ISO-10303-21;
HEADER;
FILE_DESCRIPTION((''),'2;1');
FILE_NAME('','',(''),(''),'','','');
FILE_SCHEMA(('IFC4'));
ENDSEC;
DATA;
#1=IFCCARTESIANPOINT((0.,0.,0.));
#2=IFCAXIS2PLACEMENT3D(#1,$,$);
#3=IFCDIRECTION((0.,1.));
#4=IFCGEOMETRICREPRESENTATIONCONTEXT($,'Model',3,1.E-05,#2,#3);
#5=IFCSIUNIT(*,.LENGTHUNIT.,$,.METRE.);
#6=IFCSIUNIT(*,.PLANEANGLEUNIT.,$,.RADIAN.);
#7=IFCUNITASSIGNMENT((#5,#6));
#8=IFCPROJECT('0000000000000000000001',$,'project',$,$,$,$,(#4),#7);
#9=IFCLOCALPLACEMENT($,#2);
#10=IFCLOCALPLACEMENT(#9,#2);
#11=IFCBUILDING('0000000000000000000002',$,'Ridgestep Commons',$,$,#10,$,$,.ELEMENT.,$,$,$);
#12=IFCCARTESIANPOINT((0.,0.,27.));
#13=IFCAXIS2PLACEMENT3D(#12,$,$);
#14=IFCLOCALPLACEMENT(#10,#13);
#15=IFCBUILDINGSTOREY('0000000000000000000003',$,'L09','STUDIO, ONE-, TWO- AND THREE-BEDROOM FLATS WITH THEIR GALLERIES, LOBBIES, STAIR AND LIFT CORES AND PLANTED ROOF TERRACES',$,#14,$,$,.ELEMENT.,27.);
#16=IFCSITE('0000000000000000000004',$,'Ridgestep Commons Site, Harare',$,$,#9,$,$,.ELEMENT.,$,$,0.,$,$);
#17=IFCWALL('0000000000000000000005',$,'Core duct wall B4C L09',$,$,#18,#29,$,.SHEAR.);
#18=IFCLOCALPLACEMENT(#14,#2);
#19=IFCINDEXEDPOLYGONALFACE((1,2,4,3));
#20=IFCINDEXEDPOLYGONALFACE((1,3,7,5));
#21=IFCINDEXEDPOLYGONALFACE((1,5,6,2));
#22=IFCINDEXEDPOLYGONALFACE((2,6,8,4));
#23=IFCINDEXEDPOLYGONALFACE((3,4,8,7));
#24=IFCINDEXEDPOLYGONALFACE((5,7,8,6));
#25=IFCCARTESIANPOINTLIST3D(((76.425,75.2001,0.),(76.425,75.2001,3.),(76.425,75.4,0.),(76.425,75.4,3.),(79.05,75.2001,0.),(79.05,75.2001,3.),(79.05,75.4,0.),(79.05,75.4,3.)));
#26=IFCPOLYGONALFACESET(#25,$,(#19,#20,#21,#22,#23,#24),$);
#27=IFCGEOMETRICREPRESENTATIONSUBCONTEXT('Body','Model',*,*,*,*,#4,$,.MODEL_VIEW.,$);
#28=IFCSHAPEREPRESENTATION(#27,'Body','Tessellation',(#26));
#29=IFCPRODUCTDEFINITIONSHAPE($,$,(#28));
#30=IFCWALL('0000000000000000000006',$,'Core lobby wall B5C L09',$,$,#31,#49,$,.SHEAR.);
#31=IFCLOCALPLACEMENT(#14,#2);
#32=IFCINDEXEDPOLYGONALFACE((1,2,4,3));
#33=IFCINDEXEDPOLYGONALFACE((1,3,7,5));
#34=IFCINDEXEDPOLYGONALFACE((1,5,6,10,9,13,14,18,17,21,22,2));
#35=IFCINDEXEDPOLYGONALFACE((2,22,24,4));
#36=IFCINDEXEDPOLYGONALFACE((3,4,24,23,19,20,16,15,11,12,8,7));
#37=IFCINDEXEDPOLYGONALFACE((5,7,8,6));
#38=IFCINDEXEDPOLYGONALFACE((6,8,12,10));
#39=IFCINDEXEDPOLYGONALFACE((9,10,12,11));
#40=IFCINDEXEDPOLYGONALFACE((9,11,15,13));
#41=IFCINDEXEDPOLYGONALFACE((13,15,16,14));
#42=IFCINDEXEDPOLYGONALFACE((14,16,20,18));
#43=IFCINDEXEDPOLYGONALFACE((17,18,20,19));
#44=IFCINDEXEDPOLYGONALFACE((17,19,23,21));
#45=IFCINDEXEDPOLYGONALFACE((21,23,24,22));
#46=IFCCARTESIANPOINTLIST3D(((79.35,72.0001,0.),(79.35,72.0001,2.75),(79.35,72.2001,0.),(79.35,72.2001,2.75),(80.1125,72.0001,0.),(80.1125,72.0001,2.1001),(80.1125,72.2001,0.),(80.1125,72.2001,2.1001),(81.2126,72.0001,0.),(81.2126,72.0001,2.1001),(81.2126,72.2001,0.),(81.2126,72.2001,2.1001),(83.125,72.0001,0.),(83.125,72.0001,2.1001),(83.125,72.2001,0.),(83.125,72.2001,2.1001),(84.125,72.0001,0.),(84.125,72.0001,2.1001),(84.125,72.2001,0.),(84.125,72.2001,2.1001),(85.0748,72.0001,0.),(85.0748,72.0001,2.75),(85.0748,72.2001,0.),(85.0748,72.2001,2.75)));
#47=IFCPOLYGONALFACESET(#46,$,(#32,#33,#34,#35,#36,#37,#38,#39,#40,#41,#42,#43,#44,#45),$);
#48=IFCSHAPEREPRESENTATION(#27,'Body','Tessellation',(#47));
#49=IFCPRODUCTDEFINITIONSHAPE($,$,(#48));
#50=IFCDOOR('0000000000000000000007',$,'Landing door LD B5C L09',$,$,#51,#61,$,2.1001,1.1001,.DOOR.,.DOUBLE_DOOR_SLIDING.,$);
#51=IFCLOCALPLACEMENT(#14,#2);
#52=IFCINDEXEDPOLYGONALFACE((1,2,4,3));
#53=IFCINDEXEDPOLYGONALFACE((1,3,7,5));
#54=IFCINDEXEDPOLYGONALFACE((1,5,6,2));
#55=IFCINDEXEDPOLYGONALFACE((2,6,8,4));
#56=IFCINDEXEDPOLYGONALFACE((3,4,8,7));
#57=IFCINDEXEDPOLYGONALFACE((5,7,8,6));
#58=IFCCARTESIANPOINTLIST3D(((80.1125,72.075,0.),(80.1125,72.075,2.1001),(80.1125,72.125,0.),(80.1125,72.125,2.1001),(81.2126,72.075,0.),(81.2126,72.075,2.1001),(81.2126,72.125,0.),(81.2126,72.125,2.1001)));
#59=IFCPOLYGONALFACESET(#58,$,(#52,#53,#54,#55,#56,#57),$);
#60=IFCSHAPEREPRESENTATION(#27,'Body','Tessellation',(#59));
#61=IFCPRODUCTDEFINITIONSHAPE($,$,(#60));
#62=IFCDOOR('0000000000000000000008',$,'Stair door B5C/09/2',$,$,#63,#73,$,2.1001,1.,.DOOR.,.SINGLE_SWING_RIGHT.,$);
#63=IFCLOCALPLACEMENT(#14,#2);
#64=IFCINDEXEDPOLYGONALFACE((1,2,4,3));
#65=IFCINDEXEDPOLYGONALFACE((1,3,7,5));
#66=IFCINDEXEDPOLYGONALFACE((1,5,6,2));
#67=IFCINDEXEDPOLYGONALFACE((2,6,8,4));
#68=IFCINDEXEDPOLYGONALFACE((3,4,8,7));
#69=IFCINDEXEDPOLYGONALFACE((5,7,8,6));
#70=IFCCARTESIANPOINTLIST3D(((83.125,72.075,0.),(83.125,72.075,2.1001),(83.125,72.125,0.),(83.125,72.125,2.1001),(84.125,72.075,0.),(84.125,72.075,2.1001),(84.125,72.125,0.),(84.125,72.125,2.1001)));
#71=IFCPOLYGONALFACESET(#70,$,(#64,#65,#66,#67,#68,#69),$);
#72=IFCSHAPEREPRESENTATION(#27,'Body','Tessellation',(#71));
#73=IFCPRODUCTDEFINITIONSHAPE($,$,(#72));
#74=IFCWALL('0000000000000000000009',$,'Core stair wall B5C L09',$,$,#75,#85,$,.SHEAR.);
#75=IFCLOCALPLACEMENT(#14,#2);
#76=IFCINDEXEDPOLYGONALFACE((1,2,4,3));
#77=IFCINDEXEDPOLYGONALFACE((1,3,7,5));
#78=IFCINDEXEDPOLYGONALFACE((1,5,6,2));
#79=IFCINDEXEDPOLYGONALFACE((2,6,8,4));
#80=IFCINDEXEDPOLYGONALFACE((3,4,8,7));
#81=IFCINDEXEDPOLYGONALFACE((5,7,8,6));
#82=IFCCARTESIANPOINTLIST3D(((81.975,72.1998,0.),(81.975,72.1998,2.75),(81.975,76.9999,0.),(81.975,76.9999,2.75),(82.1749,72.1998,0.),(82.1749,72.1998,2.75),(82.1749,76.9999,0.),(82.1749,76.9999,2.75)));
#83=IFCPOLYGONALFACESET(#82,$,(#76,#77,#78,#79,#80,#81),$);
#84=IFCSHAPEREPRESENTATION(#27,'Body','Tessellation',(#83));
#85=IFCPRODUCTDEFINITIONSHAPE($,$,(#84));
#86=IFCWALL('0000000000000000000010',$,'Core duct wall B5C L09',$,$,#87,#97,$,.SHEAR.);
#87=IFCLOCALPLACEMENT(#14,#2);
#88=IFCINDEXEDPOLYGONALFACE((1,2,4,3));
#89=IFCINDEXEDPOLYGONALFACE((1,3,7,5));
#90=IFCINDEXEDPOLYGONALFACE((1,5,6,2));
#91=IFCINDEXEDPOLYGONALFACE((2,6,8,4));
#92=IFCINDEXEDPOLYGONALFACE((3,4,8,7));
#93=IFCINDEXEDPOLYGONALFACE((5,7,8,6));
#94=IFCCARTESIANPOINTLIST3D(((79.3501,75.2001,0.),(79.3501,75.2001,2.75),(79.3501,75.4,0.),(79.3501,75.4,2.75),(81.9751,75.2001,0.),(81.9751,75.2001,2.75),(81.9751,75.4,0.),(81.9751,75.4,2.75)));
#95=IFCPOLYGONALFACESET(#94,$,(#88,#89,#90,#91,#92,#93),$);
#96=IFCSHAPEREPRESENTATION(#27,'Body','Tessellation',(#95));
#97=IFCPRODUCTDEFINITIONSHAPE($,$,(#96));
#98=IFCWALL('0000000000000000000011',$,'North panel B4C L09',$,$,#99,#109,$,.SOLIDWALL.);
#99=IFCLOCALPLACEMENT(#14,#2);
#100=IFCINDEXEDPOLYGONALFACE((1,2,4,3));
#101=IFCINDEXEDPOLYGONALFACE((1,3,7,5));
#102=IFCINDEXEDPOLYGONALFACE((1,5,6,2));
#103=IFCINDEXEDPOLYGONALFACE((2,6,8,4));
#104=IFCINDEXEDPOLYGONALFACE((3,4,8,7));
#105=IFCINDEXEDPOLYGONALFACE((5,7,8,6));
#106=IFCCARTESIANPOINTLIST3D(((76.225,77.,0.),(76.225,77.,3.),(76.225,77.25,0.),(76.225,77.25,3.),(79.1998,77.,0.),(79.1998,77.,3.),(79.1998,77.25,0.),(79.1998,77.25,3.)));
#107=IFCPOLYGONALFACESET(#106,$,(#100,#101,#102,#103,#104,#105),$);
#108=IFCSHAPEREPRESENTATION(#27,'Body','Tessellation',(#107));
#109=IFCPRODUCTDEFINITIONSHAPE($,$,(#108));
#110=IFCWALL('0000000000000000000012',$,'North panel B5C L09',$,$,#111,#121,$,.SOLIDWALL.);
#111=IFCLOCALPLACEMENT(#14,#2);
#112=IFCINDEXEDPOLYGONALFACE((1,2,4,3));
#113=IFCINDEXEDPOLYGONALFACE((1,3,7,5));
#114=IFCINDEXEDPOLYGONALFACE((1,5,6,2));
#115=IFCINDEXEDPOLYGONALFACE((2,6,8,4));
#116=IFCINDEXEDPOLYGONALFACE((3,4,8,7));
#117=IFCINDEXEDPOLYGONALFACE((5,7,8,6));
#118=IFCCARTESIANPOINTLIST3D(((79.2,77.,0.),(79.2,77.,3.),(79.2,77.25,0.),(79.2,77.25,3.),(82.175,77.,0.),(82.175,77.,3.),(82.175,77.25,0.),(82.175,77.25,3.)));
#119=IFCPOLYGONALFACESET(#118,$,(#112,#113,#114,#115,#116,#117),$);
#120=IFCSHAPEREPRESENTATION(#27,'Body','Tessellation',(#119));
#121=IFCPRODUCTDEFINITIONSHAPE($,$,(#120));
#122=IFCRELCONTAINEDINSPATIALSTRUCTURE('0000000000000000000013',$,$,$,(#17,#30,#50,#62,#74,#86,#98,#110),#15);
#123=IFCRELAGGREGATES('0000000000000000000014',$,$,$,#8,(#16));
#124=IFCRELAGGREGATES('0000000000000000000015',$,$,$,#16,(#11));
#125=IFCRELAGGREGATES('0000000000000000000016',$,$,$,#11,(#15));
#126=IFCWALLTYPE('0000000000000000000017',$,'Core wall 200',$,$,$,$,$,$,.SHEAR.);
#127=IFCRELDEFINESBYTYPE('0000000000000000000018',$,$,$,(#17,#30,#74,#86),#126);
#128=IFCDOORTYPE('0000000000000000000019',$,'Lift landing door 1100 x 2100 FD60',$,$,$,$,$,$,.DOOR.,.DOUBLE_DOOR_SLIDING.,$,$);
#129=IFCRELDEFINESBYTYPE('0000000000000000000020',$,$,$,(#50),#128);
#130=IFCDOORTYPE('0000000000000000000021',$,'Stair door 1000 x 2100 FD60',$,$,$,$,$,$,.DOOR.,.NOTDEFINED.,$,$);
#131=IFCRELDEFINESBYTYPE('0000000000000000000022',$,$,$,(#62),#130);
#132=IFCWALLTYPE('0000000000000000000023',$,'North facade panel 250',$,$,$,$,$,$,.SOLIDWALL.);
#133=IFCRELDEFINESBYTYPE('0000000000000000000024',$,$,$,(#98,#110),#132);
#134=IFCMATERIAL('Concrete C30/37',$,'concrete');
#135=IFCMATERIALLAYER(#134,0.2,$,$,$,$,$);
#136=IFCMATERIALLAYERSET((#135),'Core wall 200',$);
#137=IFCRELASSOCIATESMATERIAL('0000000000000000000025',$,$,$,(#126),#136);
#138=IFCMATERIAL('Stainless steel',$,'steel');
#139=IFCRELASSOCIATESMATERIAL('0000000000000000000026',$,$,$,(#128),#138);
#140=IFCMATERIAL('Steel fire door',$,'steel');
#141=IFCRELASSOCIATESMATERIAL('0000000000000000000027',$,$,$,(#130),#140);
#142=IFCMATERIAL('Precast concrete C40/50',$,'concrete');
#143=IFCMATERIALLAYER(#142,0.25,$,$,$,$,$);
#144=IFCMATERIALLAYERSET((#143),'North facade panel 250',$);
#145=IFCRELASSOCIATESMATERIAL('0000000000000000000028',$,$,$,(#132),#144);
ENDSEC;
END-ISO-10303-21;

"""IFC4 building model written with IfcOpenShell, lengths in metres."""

from ifc_helpers import new_model, si_unit, direction, frame, frame_2d, origin, place, context, subcontext, project, spatial, rectangle, extrude, material, layer, layer_set, type_object, element, fill, save


model = new_model("IFC4")

# Units and contexts
model_context = context("Model", 3, precision=1e-05, world=origin(), true_north=direction((0.0, 1.0)))
body_context = subcontext(model_context, "Body", "Model", "MODEL_VIEW")
ifc_project = project(units=[si_unit("LENGTHUNIT", "METRE"), si_unit("PLANEANGLEUNIT", "RADIAN")], contexts=[model_context])

# Site, building, storey
site_placement = place(None, origin())
site = spatial("IfcSite", under=ifc_project, at=site_placement, Name="Ridgestep Commons Site, Harare", CompositionType="ELEMENT", RefElevation=0.0)
building_placement = place(site_placement, origin())
building = spatial("IfcBuilding", under=site, at=building_placement, Name="Ridgestep Commons", CompositionType="ELEMENT")
storey_placement = place(building_placement, frame((0.0, 0.0, 27.0)))
storey = spatial("IfcBuildingStorey", under=building, at=storey_placement, Name="L09", Description="STUDIO, ONE-, TWO- AND THREE-BEDROOM FLATS WITH THEIR GALLERIES, LOBBIES, STAIR AND LIFT CORES AND PLANTED ROOF TERRACES", CompositionType="ELEMENT", Elevation=27.0)

# Wall
ifc_material_1 = material(Name="Concrete C30/37", Category="concrete")
ifc_layer_1 = layer(ifc_material_1, 0.2)
ifc_layer_set_1 = layer_set([ifc_layer_1], Name="Core wall 200")
wall_type_1 = type_object("IfcWallType", Name="Core wall 200", PredefinedType="SHEAR", material=ifc_layer_set_1)
wall_1_placement = place(storey_placement, frame((76.425, 75.3, 0.0), z_axis=(0.0, 0.0, 1.0), x_axis=(1.0, 0.0, 0.0)))
element("IfcWall", 1, at=wall_1_placement, inside=storey, type_object=wall_type_1, Name="Core duct wall B4C L09", PredefinedType="SHEAR", context=body_context, shape_type="SweptSolid", body=[
    extrude(rectangle(XDim=2.625, YDim=0.2, at=frame_2d((1.3125, 0.0))), origin(), (0.0, 0.0, 1.0), 3.0),
])

# Wall, openings, doors
wall_2_placement = place(storey_placement, frame((79.3501, 72.1001, 0.0), z_axis=(0.0, 0.0, 1.0), x_axis=(1.0, 0.0, 0.0)))
wall_2 = element("IfcWall", 2, at=wall_2_placement, inside=storey, type_object=wall_type_1, Name="Core lobby wall B5C L09", PredefinedType="SHEAR", context=body_context, shape_type="SweptSolid", body=[
    extrude(rectangle(XDim=5.7249, YDim=0.2, at=frame_2d((2.8623, 0.0))), origin(), (0.0, 0.0, 1.0), 2.75),
])
opening_1_placement = place(wall_2_placement, frame((3.7749, 0.0, 0.0)))
opening_1 = element("IfcOpeningElement", 3, at=opening_1_placement, cuts=wall_2, PredefinedType="OPENING", context=body_context, shape_type="SweptSolid", body=[
    extrude(rectangle(XDim=1.0, YDim=2.1001, at=frame_2d((0.5, 1.05))), frame((0.0, 0.1099, 0.0), z_axis=(0.0, -1.0, 0.0), x_axis=(1.0, 0.0, 0.0)), (0.0, 0.0, 1.0), 0.22),
])
opening_2_placement = place(wall_2_placement, frame((0.7625, 0.0, 0.0)))
opening_2 = element("IfcOpeningElement", 4, at=opening_2_placement, cuts=wall_2, PredefinedType="OPENING", context=body_context, shape_type="SweptSolid", body=[
    extrude(rectangle(XDim=1.1001, YDim=2.1001, at=frame_2d((0.55, 1.05))), frame((0.0, 0.1099, 0.0), z_axis=(0.0, -1.0, 0.0), x_axis=(1.0, 0.0, 0.0)), (0.0, 0.0, 1.0), 0.22),
])
ifc_material_2 = material(Name="Stainless steel", Category="steel")
door_type_1 = type_object("IfcDoorType", Name="Lift landing door 1100 x 2100 FD60", OperationType="DOUBLE_DOOR_SLIDING", PredefinedType="DOOR", material=ifc_material_2)
door_1_placement = place(opening_2_placement, origin())
door_1 = element("IfcDoor", 5, at=door_1_placement, inside=storey, type_object=door_type_1, Name="Landing door LD B5C L09", OperationType="DOUBLE_DOOR_SLIDING", OverallHeight=2.1001, OverallWidth=1.1001, PredefinedType="DOOR", context=body_context, shape_type="SweptSolid", body=[
    extrude(rectangle(XDim=1.1001, YDim=2.1001, at=frame_2d((0.55, 1.05))), frame((0.0, 0.0249, 0.0), z_axis=(0.0, -1.0, 0.0), x_axis=(1.0, 0.0, 0.0)), (0.0, 0.0, 1.0), 0.05),
])
fill(opening_2, door_1)
ifc_material_3 = material(Name="Steel fire door", Category="steel")
door_type_2 = type_object("IfcDoorType", Name="Stair door 1000 x 2100 FD60", OperationType="NOTDEFINED", PredefinedType="DOOR", material=ifc_material_3)
door_2_placement = place(opening_1_placement, origin())
door_2 = element("IfcDoor", 6, at=door_2_placement, inside=storey, type_object=door_type_2, Name="Stair door B5C/09/2", OperationType="SINGLE_SWING_RIGHT", OverallHeight=2.1001, OverallWidth=1.0, PredefinedType="DOOR", context=body_context, shape_type="SweptSolid", body=[
    extrude(rectangle(XDim=1.0, YDim=2.1001, at=frame_2d((0.5, 1.05))), frame((0.0, 0.0249, 0.0), z_axis=(0.0, -1.0, 0.0), x_axis=(1.0, 0.0, 0.0)), (0.0, 0.0, 1.0), 0.05),
])
fill(opening_1, door_2)

# Walls
wall_3_placement = place(storey_placement, frame((82.075, 72.2, 0.0), z_axis=(0.0, 0.0, 1.0), x_axis=(0.0, 1.0, 0.0)))
element("IfcWall", 7, at=wall_3_placement, inside=storey, type_object=wall_type_1, Name="Core stair wall B5C L09", PredefinedType="SHEAR", context=body_context, shape_type="SweptSolid", body=[
    extrude(rectangle(XDim=4.8, YDim=0.2, at=frame_2d((2.3999, 0.0))), origin(), (0.0, 0.0, 1.0), 2.75),
])
wall_4_placement = place(storey_placement, frame((79.3501, 75.3, 0.0), z_axis=(0.0, 0.0, 1.0), x_axis=(1.0, 0.0, 0.0)))
element("IfcWall", 8, at=wall_4_placement, inside=storey, type_object=wall_type_1, Name="Core duct wall B5C L09", PredefinedType="SHEAR", context=body_context, shape_type="SweptSolid", body=[
    extrude(rectangle(XDim=2.625, YDim=0.2, at=frame_2d((1.3125, 0.0))), origin(), (0.0, 0.0, 1.0), 2.75),
])
ifc_material_4 = material(Name="Precast concrete C40/50", Category="concrete")
ifc_layer_2 = layer(ifc_material_4, 0.25)
ifc_layer_set_2 = layer_set([ifc_layer_2], Name="North facade panel 250")
wall_type_2 = type_object("IfcWallType", Name="North facade panel 250", PredefinedType="SOLIDWALL", material=ifc_layer_set_2)
wall_5_placement = place(storey_placement, frame((76.2251, 77.125, 0.0), z_axis=(0.0, 0.0, 1.0), x_axis=(1.0, 0.0, 0.0)))
element("IfcWall", 9, at=wall_5_placement, inside=storey, type_object=wall_type_2, Name="North panel B4C L09", PredefinedType="SOLIDWALL", context=body_context, shape_type="SweptSolid", body=[
    extrude(rectangle(XDim=2.9749, YDim=0.25, at=frame_2d((1.4873, 0.0))), origin(), (0.0, 0.0, 1.0), 3.0),
])
wall_6_placement = place(storey_placement, frame((79.2, 77.125, 0.0), z_axis=(0.0, 0.0, 1.0), x_axis=(1.0, 0.0, 0.0)))
element("IfcWall", 10, at=wall_6_placement, inside=storey, type_object=wall_type_2, Name="North panel B5C L09", PredefinedType="SOLIDWALL", context=body_context, shape_type="SweptSolid", body=[
    extrude(rectangle(XDim=2.9751, YDim=0.25, at=frame_2d((1.4875, 0.0))), origin(), (0.0, 0.0, 1.0), 3.0),
])

save(model, "model.ifc")
